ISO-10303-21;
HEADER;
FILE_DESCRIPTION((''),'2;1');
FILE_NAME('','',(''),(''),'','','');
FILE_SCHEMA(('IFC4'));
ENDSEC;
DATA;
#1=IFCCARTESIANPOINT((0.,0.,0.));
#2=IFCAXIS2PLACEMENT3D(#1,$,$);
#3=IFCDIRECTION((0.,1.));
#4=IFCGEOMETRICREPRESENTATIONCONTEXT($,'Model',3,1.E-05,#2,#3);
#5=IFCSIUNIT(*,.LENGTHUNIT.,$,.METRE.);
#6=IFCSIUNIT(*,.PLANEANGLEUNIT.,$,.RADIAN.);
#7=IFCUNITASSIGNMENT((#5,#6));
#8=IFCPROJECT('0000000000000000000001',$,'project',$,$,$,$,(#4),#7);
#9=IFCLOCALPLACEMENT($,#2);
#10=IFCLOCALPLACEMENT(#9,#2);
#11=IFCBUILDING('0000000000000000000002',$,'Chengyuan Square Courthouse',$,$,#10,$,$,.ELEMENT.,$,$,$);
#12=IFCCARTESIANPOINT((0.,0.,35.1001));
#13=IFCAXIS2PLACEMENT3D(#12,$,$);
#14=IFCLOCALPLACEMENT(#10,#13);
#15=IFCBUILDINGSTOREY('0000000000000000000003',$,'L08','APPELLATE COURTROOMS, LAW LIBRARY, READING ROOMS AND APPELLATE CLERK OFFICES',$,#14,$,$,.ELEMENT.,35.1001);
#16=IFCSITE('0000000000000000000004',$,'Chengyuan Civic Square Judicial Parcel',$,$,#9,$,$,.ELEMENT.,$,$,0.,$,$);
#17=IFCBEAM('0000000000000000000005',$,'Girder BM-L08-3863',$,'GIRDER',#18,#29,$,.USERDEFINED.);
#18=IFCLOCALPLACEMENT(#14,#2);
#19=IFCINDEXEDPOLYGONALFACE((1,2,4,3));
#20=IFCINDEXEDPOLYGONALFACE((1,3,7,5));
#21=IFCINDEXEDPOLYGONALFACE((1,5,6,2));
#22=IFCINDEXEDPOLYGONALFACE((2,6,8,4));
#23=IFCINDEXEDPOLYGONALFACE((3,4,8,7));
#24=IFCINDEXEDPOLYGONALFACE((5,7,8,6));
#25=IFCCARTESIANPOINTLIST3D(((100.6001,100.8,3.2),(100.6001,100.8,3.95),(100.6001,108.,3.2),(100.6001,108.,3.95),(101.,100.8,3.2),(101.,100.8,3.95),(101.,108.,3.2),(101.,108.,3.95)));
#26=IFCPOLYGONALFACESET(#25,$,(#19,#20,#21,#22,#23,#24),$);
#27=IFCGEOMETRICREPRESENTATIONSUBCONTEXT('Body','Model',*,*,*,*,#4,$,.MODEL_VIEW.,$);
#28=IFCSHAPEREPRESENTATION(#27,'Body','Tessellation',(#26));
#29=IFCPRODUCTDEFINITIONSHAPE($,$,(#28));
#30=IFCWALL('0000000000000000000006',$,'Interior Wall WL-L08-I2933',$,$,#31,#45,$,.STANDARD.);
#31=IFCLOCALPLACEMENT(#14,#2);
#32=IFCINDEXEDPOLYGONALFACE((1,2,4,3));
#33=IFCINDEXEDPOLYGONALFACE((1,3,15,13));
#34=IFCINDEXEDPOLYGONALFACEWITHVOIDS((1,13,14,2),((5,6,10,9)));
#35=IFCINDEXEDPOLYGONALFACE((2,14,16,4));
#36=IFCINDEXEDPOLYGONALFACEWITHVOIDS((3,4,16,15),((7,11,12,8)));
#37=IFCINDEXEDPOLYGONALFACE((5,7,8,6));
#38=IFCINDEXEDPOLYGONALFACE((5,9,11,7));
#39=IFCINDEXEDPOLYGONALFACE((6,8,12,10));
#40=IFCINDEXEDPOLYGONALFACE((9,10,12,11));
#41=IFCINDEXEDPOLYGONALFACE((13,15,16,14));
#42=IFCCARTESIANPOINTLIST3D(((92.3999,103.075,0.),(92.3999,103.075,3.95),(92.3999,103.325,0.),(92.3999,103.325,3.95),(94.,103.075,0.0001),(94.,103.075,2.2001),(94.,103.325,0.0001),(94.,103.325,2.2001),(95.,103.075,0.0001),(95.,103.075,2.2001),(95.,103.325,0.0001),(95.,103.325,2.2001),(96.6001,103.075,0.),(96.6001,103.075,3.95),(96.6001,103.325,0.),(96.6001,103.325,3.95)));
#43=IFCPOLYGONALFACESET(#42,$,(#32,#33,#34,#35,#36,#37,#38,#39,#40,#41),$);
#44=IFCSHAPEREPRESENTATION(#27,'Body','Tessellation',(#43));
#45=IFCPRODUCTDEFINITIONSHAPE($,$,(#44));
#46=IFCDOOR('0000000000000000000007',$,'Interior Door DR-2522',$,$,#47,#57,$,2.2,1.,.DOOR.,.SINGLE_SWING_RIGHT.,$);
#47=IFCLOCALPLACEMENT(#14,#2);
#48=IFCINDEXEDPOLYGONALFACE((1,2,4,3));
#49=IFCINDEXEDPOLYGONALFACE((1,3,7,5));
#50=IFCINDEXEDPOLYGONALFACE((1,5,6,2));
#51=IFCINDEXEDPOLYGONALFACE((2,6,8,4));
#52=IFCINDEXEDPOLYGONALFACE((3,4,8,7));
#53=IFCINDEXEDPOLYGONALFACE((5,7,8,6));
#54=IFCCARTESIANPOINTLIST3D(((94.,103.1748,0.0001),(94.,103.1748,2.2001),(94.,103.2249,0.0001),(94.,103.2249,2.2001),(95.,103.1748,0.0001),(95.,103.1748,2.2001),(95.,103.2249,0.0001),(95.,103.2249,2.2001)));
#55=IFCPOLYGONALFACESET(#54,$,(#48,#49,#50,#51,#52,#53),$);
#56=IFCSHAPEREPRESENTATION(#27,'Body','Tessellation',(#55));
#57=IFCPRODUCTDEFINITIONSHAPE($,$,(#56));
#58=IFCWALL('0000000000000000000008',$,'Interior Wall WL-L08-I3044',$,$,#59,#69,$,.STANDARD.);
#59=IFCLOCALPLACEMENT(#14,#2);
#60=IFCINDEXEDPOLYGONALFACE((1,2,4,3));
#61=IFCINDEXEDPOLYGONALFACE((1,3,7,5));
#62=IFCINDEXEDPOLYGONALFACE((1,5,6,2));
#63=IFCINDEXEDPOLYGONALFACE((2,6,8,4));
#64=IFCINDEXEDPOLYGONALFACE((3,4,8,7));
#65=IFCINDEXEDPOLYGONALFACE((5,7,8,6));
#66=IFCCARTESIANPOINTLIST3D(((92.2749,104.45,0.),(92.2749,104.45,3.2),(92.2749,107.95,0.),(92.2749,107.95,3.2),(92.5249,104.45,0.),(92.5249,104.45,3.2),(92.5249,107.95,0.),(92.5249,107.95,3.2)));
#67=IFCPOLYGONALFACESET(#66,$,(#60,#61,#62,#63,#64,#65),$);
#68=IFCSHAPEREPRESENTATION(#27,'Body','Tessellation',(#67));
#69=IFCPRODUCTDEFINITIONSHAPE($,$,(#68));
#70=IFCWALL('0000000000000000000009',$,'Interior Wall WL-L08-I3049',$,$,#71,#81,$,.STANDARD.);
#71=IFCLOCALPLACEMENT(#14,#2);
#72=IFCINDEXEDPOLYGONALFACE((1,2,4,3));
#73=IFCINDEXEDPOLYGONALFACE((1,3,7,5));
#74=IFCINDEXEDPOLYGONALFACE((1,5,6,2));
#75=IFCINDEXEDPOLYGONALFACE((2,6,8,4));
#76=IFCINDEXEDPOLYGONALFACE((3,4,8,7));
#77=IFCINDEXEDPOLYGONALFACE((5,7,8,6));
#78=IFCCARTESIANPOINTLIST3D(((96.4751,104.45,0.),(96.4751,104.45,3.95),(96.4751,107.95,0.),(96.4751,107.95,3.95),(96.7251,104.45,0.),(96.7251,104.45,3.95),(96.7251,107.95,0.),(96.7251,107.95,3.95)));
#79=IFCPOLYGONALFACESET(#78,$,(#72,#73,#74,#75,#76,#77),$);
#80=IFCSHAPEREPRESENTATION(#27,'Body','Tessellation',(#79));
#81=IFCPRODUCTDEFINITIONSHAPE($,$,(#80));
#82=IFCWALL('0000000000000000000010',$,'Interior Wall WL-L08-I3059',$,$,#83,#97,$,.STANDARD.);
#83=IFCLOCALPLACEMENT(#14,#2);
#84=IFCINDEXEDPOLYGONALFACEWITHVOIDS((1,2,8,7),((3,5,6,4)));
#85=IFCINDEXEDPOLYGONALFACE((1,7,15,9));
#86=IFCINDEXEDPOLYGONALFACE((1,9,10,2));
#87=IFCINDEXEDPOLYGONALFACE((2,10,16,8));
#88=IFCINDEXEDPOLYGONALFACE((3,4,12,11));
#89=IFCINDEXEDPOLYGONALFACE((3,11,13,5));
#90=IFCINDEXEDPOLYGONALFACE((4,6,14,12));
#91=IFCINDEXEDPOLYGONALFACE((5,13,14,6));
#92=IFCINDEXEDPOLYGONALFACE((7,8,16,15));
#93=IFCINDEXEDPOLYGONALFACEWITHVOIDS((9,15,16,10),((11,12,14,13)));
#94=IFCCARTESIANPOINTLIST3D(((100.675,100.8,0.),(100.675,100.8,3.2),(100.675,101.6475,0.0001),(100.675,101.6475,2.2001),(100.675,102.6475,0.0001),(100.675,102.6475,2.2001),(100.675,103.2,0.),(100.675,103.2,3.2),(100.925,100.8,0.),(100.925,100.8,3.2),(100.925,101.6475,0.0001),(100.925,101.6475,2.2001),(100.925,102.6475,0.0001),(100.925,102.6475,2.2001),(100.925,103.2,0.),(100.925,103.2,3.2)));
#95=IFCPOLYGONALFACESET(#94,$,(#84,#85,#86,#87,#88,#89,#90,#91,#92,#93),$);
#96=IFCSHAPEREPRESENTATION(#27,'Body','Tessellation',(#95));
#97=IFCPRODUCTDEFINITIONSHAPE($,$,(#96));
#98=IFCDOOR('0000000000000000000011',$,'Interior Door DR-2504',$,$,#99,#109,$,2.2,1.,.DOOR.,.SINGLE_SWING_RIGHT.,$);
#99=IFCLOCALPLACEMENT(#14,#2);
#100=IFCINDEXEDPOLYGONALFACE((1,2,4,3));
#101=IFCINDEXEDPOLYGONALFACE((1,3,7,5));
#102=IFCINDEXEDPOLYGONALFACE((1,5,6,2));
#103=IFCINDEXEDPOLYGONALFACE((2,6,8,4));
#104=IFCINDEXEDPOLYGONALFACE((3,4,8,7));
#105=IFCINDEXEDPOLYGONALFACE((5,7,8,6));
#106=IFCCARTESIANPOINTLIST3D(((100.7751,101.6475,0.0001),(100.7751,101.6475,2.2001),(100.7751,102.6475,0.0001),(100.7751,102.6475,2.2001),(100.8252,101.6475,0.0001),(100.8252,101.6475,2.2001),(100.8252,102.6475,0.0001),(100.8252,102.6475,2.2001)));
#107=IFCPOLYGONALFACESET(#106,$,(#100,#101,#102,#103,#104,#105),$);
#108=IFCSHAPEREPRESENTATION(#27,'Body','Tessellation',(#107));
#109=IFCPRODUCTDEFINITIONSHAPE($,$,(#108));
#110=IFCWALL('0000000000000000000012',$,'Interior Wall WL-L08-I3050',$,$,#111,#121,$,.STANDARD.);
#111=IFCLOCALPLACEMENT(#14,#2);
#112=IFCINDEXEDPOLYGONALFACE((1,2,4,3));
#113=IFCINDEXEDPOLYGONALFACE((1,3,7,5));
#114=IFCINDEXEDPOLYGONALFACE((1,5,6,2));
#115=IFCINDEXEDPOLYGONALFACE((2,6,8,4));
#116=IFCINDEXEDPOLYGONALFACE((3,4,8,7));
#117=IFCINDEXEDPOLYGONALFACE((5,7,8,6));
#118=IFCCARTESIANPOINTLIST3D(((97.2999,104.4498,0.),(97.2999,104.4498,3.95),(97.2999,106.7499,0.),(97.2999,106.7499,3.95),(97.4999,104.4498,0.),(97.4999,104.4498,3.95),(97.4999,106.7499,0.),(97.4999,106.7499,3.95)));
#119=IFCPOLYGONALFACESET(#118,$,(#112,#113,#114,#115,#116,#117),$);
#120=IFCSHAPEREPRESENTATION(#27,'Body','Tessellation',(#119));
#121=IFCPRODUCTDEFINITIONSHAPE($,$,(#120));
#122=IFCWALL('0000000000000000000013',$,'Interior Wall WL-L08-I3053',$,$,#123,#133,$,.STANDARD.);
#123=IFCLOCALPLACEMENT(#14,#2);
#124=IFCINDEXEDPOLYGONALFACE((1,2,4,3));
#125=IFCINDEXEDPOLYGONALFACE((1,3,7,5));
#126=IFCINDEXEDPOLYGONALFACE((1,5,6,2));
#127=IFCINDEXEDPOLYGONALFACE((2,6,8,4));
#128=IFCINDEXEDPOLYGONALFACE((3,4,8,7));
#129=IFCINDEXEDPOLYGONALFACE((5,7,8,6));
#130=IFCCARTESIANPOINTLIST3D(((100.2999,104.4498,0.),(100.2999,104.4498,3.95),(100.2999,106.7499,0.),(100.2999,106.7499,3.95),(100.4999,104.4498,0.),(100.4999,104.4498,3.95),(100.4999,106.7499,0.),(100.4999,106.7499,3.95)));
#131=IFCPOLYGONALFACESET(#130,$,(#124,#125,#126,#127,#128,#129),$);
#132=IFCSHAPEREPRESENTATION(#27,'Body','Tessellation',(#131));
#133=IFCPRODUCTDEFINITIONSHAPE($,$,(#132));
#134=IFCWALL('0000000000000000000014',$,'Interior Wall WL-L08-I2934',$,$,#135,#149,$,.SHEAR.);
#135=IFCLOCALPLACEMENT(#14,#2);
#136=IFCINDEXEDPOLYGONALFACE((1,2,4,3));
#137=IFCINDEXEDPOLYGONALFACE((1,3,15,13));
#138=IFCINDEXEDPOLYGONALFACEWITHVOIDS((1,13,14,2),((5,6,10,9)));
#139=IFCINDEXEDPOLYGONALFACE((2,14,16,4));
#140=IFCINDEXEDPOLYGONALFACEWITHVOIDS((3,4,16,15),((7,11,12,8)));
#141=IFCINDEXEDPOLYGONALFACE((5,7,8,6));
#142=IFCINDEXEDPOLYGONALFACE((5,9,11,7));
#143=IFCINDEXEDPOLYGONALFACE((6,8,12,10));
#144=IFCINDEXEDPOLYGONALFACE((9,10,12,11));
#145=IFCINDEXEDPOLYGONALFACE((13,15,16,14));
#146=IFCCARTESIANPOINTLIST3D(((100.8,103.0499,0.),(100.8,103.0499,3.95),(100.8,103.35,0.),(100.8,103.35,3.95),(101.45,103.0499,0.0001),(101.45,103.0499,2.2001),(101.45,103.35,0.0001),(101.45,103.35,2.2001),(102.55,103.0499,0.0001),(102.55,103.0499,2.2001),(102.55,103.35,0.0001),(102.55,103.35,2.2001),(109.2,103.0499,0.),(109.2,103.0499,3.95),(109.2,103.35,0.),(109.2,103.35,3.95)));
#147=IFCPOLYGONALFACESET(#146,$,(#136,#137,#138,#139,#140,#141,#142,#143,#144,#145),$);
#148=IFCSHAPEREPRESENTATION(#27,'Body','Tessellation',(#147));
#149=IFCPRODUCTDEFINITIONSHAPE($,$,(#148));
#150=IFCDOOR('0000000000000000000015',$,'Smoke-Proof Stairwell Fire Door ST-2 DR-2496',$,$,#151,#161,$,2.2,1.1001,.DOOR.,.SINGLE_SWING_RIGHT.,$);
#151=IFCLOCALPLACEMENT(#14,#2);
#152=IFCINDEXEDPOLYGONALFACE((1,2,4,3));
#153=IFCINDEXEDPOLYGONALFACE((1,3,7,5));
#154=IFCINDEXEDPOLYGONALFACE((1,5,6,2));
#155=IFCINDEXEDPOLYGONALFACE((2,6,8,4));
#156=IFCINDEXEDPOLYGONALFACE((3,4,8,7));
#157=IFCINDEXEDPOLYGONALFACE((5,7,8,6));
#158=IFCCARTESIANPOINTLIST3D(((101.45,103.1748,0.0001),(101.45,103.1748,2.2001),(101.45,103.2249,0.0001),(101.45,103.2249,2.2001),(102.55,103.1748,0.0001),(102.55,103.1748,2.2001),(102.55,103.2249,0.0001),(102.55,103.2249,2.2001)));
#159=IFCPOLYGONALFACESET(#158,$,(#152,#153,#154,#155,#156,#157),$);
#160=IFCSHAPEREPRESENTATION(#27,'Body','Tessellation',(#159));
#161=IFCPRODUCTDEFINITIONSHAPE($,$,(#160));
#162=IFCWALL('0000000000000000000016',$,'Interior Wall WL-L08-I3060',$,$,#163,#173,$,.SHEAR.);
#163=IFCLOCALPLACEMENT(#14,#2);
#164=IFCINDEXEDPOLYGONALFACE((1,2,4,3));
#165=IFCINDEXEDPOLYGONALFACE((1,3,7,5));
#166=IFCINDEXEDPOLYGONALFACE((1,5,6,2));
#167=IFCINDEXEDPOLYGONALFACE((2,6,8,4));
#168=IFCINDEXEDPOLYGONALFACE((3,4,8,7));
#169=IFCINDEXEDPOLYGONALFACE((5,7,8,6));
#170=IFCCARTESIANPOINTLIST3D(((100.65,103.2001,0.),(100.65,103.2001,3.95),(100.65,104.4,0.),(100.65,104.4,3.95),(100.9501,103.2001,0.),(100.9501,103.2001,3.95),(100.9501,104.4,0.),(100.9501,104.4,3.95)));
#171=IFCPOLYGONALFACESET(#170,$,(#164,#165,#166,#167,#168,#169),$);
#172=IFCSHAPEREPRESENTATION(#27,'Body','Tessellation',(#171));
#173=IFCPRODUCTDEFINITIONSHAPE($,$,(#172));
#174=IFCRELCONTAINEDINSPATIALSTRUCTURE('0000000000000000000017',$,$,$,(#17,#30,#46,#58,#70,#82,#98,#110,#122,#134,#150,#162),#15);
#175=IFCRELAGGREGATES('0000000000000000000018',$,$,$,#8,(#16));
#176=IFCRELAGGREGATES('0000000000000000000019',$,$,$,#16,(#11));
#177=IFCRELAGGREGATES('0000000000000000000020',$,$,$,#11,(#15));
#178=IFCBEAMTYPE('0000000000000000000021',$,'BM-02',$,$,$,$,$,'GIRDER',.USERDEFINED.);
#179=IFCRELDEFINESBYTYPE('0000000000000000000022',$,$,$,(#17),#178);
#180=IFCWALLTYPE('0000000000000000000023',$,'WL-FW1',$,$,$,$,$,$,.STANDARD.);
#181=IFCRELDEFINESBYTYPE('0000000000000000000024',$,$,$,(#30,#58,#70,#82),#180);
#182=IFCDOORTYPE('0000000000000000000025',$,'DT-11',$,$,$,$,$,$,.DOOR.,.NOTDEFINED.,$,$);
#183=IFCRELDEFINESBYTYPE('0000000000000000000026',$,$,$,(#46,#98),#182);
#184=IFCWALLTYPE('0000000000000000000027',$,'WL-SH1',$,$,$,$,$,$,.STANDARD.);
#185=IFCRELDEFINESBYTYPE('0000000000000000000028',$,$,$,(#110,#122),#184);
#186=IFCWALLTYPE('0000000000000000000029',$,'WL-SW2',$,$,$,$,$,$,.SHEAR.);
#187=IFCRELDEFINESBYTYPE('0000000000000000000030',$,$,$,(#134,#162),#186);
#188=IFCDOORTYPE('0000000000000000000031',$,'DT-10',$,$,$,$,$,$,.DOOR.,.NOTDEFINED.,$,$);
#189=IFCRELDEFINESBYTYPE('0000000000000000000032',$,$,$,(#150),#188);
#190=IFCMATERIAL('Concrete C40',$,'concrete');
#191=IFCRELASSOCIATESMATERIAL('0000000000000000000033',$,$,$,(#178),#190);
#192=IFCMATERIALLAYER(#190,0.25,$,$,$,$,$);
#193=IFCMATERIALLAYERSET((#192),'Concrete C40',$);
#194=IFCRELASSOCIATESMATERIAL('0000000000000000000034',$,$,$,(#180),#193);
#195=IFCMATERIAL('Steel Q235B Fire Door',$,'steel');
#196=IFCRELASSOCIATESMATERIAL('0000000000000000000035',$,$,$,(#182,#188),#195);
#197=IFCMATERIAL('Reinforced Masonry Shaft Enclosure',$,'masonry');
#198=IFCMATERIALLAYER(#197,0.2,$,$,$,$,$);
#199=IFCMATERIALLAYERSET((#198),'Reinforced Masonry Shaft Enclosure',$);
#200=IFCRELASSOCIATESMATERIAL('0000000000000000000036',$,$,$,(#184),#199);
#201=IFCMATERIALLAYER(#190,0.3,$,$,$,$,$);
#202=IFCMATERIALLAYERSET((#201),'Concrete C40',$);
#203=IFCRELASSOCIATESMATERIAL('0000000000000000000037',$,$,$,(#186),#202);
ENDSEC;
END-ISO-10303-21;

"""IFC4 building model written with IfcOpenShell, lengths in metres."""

from ifc_helpers import new_model, si_unit, direction, frame, frame_2d, origin, origin_2d, place, context, subcontext, project, spatial, rectangle, extrude, material, layer, layer_set, material_profile, profile_set, type_object, element, fill, save


model = new_model("IFC4")

# Units and contexts
model_context = context("Model", 3, precision=1e-05, world=origin(), true_north=direction((0.0, 1.0)))
body_context = subcontext(model_context, "Body", "Model", "MODEL_VIEW")
ifc_project = project(units=[si_unit("LENGTHUNIT", "METRE"), si_unit("PLANEANGLEUNIT", "RADIAN")], contexts=[model_context])

# Site, building, storey
site_placement = place(None, origin())
site = spatial("IfcSite", under=ifc_project, at=site_placement, Name="Chengyuan Civic Square Judicial Parcel", CompositionType="ELEMENT", RefElevation=0.0)
building_placement = place(site_placement, origin())
building = spatial("IfcBuilding", under=site, at=building_placement, Name="Chengyuan Square Courthouse", CompositionType="ELEMENT")
storey_placement = place(building_placement, frame((0.0, 0.0, 35.1001)))
storey = spatial("IfcBuildingStorey", under=building, at=storey_placement, Name="L08", Description="APPELLATE COURTROOMS, LAW LIBRARY, READING ROOMS AND APPELLATE CLERK OFFICES", CompositionType="ELEMENT", Elevation=35.1001)

# Beam
ifc_material_1 = material(Name="Concrete C40", Category="concrete")
ifc_material_profile = material_profile(ifc_material_1, rectangle(XDim=0.3999, YDim=0.75, at=origin_2d()), Name="RC-BM-400x750")
ifc_profile_set = profile_set([ifc_material_profile], Name="Concrete C40")
beam_type = type_object("IfcBeamType", Name="BM-02", ElementType="GIRDER", PredefinedType="USERDEFINED", material=ifc_profile_set)
beam_placement = place(storey_placement, frame((100.8, 100.8, 3.575), z_axis=(0.0, 1.0, 0.0), x_axis=(-1.0, 0.0, 0.0)))
element("IfcBeam", 1, at=beam_placement, inside=storey, type_object=beam_type, Name="Girder BM-L08-3863", ObjectType="GIRDER", PredefinedType="USERDEFINED", context=body_context, shape_type="SweptSolid", body=[
    extrude(rectangle(XDim=0.3999, YDim=0.75, at=origin_2d()), origin(), (0.0, 0.0, 1.0), 7.2),
])

# Wall, opening, door
ifc_layer_1 = layer(ifc_material_1, 0.25)
ifc_layer_set_1 = layer_set([ifc_layer_1], Name="Concrete C40")
wall_type_1 = type_object("IfcWallType", Name="WL-FW1", PredefinedType="STANDARD", material=ifc_layer_set_1)
wall_1_placement = place(storey_placement, frame((92.3999, 103.2, 0.0), z_axis=(0.0, 0.0, 1.0), x_axis=(1.0, 0.0, 0.0)))
wall_1 = element("IfcWall", 2, at=wall_1_placement, inside=storey, type_object=wall_type_1, Name="Interior Wall WL-L08-I2933", PredefinedType="STANDARD", context=body_context, shape_type="SweptSolid", body=[
    extrude(rectangle(XDim=4.2002, YDim=0.25, at=frame_2d((2.1001, 0.0))), origin(), (0.0, 0.0, 1.0), 3.95),
])
opening_1_placement = place(wall_1_placement, frame((1.6001, 0.0, 0.0)))
opening_1 = element("IfcOpeningElement", 3, at=opening_1_placement, cuts=wall_1, PredefinedType="OPENING", context=body_context, shape_type="SweptSolid", body=[
    extrude(rectangle(XDim=1.0, YDim=2.2, at=frame_2d((0.5, 1.1001))), frame((0.0, 0.137, 0.0), z_axis=(0.0, -1.0, 0.0), x_axis=(1.0, 0.0, 0.0)), (0.0, 0.0, 1.0), 0.2739),
])
ifc_material_2 = material(Name="Steel Q235B Fire Door", Category="steel")
door_type_1 = type_object("IfcDoorType", Name="DT-11", OperationType="NOTDEFINED", PredefinedType="DOOR", material=ifc_material_2)
door_1_placement = place(opening_1_placement, origin())
door_1 = element("IfcDoor", 4, at=door_1_placement, inside=storey, type_object=door_type_1, Name="Interior Door DR-2522", OperationType="SINGLE_SWING_RIGHT", OverallHeight=2.2, OverallWidth=1.0, PredefinedType="DOOR", context=body_context, shape_type="SweptSolid", body=[
    extrude(rectangle(XDim=1.0, YDim=2.2, at=frame_2d((0.5, 1.1001))), frame((0.0, 0.0249, 0.0), z_axis=(0.0, -1.0, 0.0), x_axis=(1.0, 0.0, 0.0)), (0.0, 0.0, 1.0), 0.05),
])
fill(opening_1, door_1)

# Walls
wall_2_placement = place(storey_placement, frame((92.3999, 104.45, 0.0), z_axis=(0.0, 0.0, 1.0), x_axis=(0.0, 1.0, 0.0)))
element("IfcWall", 5, at=wall_2_placement, inside=storey, type_object=wall_type_1, Name="Interior Wall WL-L08-I3044", PredefinedType="STANDARD", context=body_context, shape_type="SweptSolid", body=[
    extrude(rectangle(XDim=3.5, YDim=0.25, at=frame_2d((1.75, 0.0))), origin(), (0.0, 0.0, 1.0), 3.2),
])
wall_3_placement = place(storey_placement, frame((96.6001, 104.45, 0.0), z_axis=(0.0, 0.0, 1.0), x_axis=(0.0, 1.0, 0.0)))
element("IfcWall", 6, at=wall_3_placement, inside=storey, type_object=wall_type_1, Name="Interior Wall WL-L08-I3049", PredefinedType="STANDARD", context=body_context, shape_type="SweptSolid", body=[
    extrude(rectangle(XDim=3.5, YDim=0.25, at=frame_2d((1.75, 0.0))), origin(), (0.0, 0.0, 1.0), 3.95),
])

# Wall, opening, door
wall_4_placement = place(storey_placement, frame((100.8, 100.8, 0.0), z_axis=(0.0, 0.0, 1.0), x_axis=(0.0, 1.0, 0.0)))
wall_4 = element("IfcWall", 7, at=wall_4_placement, inside=storey, type_object=wall_type_1, Name="Interior Wall WL-L08-I3059", PredefinedType="STANDARD", context=body_context, shape_type="SweptSolid", body=[
    extrude(rectangle(XDim=2.3999, YDim=0.25, at=frame_2d((1.2, 0.0))), origin(), (0.0, 0.0, 1.0), 3.2),
])
opening_2_placement = place(wall_4_placement, frame((0.8474, 0.0, 0.0)))
opening_2 = element("IfcOpeningElement", 8, at=opening_2_placement, cuts=wall_4, PredefinedType="OPENING", context=body_context, shape_type="SweptSolid", body=[
    extrude(rectangle(XDim=1.0, YDim=2.2, at=frame_2d((0.5, 1.1001))), frame((0.0, 0.137, 0.0), z_axis=(0.0, -1.0, 0.0), x_axis=(1.0, 0.0, 0.0)), (0.0, 0.0, 1.0), 0.2739),
])
door_2_placement = place(opening_2_placement, origin())
door_2 = element("IfcDoor", 9, at=door_2_placement, inside=storey, type_object=door_type_1, Name="Interior Door DR-2504", OperationType="SINGLE_SWING_RIGHT", OverallHeight=2.2, OverallWidth=1.0, PredefinedType="DOOR", context=body_context, shape_type="SweptSolid", body=[
    extrude(rectangle(XDim=1.0, YDim=2.2, at=frame_2d((0.5, 1.1001))), frame((0.0, 0.0249, 0.0), z_axis=(0.0, -1.0, 0.0), x_axis=(1.0, 0.0, 0.0)), (0.0, 0.0, 1.0), 0.05),
])
fill(opening_2, door_2)
ifc_material_3 = material(Name="Reinforced Masonry Shaft Enclosure", Category="masonry")
ifc_layer_2 = layer(ifc_material_3, 0.2)
ifc_layer_set_2 = layer_set([ifc_layer_2], Name="Reinforced Masonry Shaft Enclosure")
wall_type_2 = type_object("IfcWallType", Name="WL-SH1", PredefinedType="STANDARD", material=ifc_layer_set_2)

# Walls
for number, where, z_axis, x_axis, name in (
    (10, (97.3999, 104.45, 0.0), (0.0, 0.0, 1.0), (0.0, 1.0, 0.0), "Interior Wall WL-L08-I3050"),
    (11, (100.3999, 104.45, 0.0), (0.0, 0.0, 1.0), (0.0, 1.0, 0.0), "Interior Wall WL-L08-I3053"),
):
    element("IfcWall", number, at=place(storey_placement, frame(where, z_axis=z_axis, x_axis=x_axis)), inside=storey, type_object=wall_type_2, Name=name, PredefinedType="STANDARD", context=body_context, shape_type="SweptSolid", body=[
        extrude(rectangle(XDim=2.3, YDim=0.2, at=frame_2d((1.1499, 0.0))), origin(), (0.0, 0.0, 1.0), 3.95),
    ])

# Wall, opening, door
ifc_layer_3 = layer(ifc_material_1, 0.3)
ifc_layer_set_3 = layer_set([ifc_layer_3], Name="Concrete C40")
wall_type_3 = type_object("IfcWallType", Name="WL-SW2", PredefinedType="SHEAR", material=ifc_layer_set_3)
wall_5_placement = place(storey_placement, frame((100.8, 103.2, 0.0), z_axis=(0.0, 0.0, 1.0), x_axis=(1.0, 0.0, 0.0)))
wall_5 = element("IfcWall", 12, at=wall_5_placement, inside=storey, type_object=wall_type_3, Name="Interior Wall WL-L08-I2934", PredefinedType="SHEAR", context=body_context, shape_type="SweptSolid", body=[
    extrude(rectangle(XDim=8.3999, YDim=0.3, at=frame_2d((4.2, 0.0))), origin(), (0.0, 0.0, 1.0), 3.95),
])
opening_3_placement = place(wall_5_placement, frame((0.6499, 0.0, 0.0)))
opening_3 = element("IfcOpeningElement", 13, at=opening_3_placement, cuts=wall_5, PredefinedType="OPENING", context=body_context, shape_type="SweptSolid", body=[
    extrude(rectangle(XDim=1.1001, YDim=2.2, at=frame_2d((0.55, 1.1001))), frame((0.0, 0.1621, 0.0), z_axis=(0.0, -1.0, 0.0), x_axis=(1.0, 0.0, 0.0)), (0.0, 0.0, 1.0), 0.324),
])
door_type_2 = type_object("IfcDoorType", Name="DT-10", OperationType="NOTDEFINED", PredefinedType="DOOR", material=ifc_material_2)
door_3_placement = place(opening_3_placement, origin())
door_3 = element("IfcDoor", 14, at=door_3_placement, inside=storey, type_object=door_type_2, Name="Smoke-Proof Stairwell Fire Door ST-2 DR-2496", OperationType="SINGLE_SWING_RIGHT", OverallHeight=2.2, OverallWidth=1.1001, PredefinedType="DOOR", context=body_context, shape_type="SweptSolid", body=[
    extrude(rectangle(XDim=1.1001, YDim=2.2, at=frame_2d((0.55, 1.1001))), frame((0.0, 0.0249, 0.0), z_axis=(0.0, -1.0, 0.0), x_axis=(1.0, 0.0, 0.0)), (0.0, 0.0, 1.0), 0.05),
])
fill(opening_3, door_3)

# Wall
wall_6_placement = place(storey_placement, frame((100.8, 103.2, 0.0), z_axis=(0.0, 0.0, 1.0), x_axis=(0.0, 1.0, 0.0)))
element("IfcWall", 15, at=wall_6_placement, inside=storey, type_object=wall_type_3, Name="Interior Wall WL-L08-I3060", PredefinedType="SHEAR", context=body_context, shape_type="SweptSolid", body=[
    extrude(rectangle(XDim=1.2, YDim=0.3, at=frame_2d((0.6001, 0.0))), origin(), (0.0, 0.0, 1.0), 3.95),
])

save(model, "model.ifc")
